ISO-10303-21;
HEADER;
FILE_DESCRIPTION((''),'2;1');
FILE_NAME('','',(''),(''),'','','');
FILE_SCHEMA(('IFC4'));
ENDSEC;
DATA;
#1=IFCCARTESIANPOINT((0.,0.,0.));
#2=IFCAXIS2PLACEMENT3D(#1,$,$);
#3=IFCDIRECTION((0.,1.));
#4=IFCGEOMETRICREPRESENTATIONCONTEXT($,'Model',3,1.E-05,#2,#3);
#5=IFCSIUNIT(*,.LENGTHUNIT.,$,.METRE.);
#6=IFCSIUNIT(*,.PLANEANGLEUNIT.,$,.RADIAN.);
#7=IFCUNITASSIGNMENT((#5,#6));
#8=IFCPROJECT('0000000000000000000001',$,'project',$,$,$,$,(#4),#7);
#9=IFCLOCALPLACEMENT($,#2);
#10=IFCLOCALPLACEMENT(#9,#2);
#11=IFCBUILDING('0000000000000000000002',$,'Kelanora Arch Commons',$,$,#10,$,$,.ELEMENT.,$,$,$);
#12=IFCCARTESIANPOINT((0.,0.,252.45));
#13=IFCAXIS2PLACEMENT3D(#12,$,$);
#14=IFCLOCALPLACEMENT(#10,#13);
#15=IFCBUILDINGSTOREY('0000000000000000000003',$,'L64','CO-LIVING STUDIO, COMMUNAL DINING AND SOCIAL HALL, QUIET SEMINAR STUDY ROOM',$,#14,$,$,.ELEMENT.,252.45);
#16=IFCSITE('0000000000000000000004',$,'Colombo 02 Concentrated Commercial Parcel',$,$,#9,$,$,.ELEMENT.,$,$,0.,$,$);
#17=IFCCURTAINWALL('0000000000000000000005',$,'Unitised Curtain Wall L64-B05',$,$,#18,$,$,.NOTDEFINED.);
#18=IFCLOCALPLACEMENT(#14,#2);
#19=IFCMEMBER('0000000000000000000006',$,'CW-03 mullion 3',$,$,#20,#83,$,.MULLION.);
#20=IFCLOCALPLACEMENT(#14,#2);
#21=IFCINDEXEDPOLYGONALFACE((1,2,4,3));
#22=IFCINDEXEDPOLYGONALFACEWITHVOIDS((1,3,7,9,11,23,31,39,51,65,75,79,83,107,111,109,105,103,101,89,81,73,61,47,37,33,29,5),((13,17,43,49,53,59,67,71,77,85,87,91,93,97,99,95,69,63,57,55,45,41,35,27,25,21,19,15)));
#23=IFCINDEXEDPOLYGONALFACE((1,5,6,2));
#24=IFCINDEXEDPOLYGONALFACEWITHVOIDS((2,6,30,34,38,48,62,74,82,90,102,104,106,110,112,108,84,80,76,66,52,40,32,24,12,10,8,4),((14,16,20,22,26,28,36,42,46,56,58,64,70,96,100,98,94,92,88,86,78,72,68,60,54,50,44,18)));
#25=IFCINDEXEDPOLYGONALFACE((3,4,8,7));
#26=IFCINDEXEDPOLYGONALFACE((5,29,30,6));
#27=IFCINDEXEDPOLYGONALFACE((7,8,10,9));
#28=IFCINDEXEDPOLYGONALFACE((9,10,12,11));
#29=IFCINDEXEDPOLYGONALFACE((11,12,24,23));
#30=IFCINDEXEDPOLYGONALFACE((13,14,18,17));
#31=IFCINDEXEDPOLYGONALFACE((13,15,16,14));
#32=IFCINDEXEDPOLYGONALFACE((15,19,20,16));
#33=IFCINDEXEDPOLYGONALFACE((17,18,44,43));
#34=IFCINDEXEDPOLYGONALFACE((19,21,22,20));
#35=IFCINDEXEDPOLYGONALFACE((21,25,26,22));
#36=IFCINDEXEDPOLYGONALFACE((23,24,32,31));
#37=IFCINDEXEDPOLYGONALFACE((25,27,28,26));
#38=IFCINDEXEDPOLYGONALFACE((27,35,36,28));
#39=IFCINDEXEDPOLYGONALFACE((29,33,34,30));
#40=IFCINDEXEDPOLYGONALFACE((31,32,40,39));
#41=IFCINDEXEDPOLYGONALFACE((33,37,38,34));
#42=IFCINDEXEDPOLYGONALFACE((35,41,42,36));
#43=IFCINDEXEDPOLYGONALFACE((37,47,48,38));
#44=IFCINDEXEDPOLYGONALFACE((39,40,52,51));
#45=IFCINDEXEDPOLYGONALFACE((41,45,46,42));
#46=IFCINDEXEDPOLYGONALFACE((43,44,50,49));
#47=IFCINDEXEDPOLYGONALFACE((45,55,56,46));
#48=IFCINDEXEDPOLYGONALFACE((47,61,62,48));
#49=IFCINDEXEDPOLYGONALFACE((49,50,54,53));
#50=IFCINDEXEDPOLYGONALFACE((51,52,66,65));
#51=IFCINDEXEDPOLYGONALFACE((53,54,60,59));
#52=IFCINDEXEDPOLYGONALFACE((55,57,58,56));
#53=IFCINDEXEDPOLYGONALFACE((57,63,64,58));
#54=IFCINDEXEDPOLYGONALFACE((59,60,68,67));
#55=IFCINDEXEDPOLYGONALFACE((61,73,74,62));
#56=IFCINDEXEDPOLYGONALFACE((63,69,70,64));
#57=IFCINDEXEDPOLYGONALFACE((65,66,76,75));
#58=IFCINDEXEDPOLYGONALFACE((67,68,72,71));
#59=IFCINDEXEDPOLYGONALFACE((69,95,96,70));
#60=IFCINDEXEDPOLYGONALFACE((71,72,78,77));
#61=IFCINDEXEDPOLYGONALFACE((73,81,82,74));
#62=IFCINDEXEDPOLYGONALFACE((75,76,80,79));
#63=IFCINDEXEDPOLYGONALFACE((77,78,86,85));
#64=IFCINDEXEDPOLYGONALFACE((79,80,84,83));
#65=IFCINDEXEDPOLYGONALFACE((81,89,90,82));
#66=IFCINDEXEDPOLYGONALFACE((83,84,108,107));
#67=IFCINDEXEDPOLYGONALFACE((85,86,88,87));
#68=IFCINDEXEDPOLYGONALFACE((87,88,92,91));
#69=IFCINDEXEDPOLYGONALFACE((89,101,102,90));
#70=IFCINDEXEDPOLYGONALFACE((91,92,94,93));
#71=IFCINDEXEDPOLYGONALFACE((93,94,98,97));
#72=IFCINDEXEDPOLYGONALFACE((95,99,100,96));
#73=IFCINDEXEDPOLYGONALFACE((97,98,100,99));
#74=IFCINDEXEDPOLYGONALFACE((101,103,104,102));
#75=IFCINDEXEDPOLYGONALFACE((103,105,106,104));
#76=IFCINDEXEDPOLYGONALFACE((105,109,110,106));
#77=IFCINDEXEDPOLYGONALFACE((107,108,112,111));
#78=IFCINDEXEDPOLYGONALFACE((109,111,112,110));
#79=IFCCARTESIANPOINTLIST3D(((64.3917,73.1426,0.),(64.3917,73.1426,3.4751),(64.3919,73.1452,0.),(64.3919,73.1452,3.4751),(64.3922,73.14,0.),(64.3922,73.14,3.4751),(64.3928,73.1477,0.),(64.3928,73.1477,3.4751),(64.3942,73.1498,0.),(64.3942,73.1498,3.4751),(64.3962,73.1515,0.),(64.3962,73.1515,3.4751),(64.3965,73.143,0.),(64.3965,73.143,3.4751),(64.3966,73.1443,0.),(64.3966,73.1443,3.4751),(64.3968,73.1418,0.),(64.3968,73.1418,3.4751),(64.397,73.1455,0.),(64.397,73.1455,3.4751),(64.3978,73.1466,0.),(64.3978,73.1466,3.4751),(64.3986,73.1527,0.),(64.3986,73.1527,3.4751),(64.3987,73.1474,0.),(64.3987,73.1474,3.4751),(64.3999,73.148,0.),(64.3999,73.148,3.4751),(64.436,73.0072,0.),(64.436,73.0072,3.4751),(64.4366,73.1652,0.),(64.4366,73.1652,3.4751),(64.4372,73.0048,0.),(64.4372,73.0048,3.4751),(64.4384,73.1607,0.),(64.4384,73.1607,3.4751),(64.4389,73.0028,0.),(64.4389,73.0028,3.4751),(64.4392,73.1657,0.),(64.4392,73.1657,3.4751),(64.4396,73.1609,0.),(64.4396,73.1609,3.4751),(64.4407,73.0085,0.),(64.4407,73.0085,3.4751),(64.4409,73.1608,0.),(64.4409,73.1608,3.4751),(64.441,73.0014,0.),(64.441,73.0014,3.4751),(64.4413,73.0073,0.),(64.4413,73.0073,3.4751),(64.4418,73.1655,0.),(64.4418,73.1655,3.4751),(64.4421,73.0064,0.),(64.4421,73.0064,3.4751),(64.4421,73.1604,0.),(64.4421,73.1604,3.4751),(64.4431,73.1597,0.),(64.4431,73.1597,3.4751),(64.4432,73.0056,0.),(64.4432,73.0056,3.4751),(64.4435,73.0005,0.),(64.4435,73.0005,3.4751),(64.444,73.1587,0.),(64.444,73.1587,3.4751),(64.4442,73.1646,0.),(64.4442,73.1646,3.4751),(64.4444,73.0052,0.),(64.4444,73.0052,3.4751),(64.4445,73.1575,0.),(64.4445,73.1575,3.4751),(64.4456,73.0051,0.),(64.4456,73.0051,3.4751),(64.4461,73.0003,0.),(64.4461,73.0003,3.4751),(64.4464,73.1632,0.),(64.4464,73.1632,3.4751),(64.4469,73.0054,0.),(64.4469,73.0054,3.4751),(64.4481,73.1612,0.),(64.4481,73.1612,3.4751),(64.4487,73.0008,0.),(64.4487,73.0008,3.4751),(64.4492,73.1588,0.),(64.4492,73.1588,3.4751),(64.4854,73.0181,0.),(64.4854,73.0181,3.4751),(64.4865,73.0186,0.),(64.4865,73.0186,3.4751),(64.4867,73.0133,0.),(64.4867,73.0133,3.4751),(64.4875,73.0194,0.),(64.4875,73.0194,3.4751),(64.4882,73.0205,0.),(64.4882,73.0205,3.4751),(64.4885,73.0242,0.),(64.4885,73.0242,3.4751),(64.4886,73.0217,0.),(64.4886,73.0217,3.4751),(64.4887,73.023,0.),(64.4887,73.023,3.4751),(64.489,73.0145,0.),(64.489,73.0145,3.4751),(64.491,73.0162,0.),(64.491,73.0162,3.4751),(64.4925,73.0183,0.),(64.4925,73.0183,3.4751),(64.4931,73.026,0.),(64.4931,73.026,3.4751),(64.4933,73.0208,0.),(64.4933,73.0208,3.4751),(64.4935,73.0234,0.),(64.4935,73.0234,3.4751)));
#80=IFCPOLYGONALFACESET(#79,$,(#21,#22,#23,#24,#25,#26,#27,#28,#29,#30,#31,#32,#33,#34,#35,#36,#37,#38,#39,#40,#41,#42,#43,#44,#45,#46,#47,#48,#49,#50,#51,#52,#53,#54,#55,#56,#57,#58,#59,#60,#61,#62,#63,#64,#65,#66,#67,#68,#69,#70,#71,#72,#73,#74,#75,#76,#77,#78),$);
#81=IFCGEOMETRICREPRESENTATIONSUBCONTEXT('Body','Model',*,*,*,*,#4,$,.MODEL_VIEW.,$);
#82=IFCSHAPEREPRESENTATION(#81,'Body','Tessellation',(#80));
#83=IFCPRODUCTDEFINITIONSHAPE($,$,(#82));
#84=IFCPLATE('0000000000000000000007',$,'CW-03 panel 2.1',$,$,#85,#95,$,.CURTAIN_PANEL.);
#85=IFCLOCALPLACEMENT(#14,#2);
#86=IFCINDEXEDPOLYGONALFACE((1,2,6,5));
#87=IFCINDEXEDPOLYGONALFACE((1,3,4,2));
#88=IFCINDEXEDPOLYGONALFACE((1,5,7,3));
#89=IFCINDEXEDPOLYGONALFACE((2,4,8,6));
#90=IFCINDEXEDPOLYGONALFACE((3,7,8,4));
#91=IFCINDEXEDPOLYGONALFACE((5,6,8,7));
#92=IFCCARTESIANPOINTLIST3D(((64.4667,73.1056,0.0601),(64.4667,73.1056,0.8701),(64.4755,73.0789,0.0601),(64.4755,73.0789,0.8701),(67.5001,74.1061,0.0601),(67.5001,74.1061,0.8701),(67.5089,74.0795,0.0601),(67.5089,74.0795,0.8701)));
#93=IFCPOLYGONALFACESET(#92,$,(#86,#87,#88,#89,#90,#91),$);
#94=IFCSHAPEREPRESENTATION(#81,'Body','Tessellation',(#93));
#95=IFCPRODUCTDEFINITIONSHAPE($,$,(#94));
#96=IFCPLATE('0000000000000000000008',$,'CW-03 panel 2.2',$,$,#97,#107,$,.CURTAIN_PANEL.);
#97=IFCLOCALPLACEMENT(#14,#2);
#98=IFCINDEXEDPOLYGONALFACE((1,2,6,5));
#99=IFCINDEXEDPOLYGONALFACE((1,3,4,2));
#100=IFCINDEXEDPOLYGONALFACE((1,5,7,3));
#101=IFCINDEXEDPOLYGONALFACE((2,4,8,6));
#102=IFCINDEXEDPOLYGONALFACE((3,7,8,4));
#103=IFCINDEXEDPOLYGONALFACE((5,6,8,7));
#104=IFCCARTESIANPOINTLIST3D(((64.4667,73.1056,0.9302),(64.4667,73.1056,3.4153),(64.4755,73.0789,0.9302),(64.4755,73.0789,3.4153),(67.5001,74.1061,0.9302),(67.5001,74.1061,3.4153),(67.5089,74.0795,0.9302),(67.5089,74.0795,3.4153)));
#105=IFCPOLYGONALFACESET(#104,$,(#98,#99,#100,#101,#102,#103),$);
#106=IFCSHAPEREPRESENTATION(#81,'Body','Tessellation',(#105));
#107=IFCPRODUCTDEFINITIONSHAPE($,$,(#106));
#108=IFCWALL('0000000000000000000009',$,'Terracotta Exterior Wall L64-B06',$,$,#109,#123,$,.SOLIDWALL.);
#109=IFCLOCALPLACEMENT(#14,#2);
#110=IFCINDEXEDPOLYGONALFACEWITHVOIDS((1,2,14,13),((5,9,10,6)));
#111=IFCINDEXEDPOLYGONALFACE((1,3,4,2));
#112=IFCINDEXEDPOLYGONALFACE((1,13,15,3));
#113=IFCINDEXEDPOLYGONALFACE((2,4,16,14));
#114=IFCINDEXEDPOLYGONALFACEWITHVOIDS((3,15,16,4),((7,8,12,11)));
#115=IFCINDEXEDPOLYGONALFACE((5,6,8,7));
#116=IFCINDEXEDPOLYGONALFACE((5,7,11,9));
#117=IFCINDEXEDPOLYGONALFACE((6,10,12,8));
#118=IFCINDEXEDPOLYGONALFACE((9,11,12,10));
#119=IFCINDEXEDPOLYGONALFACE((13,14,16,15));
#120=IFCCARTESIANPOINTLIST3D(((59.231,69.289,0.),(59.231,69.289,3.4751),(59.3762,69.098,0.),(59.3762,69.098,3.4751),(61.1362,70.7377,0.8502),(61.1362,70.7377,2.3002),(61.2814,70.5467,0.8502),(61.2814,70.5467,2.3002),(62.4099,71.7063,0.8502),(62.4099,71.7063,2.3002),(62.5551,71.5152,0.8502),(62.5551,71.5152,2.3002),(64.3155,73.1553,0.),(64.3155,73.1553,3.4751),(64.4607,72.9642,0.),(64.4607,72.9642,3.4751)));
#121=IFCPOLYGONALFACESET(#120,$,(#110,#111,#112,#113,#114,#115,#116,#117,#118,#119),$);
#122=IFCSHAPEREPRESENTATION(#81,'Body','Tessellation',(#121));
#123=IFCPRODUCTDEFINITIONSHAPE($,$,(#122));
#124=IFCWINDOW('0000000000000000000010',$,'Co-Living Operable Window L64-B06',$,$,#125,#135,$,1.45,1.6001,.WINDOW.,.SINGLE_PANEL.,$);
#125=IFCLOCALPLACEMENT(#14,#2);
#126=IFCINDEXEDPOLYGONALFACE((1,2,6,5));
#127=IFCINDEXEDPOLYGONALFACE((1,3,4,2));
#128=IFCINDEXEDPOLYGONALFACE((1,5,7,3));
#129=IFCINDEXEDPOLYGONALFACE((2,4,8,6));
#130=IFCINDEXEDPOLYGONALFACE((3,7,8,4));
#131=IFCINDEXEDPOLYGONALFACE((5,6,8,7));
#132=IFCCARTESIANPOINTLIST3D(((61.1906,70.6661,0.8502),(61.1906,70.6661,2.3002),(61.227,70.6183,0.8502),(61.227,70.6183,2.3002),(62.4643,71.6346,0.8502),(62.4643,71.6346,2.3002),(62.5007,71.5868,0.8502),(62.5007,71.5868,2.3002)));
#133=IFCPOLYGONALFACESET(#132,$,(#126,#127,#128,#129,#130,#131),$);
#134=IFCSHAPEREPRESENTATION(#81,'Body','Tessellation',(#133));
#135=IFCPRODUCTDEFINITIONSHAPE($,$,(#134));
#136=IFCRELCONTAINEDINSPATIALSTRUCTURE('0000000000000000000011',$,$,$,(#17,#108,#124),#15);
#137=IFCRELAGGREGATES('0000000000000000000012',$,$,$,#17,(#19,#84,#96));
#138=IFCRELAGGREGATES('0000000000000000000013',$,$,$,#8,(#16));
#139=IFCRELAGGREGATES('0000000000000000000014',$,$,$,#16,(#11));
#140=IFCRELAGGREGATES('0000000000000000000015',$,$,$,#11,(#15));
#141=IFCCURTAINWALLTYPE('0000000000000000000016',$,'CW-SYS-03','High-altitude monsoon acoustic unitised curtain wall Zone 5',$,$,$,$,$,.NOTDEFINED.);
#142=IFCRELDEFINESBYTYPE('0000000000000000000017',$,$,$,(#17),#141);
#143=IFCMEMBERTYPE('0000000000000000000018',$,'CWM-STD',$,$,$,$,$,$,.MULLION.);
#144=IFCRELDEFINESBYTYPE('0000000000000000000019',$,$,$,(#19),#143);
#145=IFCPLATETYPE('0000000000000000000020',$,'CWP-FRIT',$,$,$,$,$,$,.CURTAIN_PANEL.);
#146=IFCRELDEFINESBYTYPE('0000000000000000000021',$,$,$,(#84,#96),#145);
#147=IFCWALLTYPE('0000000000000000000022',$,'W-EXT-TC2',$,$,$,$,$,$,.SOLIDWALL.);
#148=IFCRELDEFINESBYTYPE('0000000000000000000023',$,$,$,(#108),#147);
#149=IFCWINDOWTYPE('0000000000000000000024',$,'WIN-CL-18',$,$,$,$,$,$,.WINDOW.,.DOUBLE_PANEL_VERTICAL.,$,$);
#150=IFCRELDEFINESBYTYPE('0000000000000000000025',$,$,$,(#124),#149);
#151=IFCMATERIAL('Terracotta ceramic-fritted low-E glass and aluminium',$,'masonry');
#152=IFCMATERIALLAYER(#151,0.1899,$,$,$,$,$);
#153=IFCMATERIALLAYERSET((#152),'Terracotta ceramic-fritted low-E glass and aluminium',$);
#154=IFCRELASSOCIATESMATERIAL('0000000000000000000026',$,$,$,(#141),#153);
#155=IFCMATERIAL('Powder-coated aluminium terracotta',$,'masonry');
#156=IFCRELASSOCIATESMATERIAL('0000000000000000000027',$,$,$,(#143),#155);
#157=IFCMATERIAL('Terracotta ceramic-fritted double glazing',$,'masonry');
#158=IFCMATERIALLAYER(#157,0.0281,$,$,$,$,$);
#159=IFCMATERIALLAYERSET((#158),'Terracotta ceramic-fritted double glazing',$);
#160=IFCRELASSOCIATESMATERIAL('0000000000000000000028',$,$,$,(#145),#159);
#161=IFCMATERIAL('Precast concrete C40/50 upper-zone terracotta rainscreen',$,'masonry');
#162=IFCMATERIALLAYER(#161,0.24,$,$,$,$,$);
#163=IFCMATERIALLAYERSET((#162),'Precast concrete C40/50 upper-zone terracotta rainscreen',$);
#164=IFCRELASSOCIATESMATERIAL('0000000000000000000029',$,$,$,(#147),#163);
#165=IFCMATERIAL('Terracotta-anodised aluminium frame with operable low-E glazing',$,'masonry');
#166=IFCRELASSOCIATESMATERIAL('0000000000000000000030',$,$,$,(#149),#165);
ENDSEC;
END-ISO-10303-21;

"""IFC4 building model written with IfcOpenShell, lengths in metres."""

from ifc_helpers import new_model, si_unit, direction, frame, frame_2d, origin, origin_2d, place, context, subcontext, project, spatial, rectangle, hollow_rectangle, extrude, source, transform, mapped, material, layer, layer_set, material_profile, profile_set, type_object, element, fill, aggregate, save


model = new_model("IFC4")

# Units and contexts
model_context = context("Model", 3, precision=1e-05, world=origin(), true_north=direction((0.0, 1.0)))
body_context = subcontext(model_context, "Body", "Model", "MODEL_VIEW")
ifc_project = project(units=[si_unit("LENGTHUNIT", "METRE"), si_unit("PLANEANGLEUNIT", "RADIAN")], contexts=[model_context])

# Site, building, storey
site_placement = place(None, origin())
site = spatial("IfcSite", under=ifc_project, at=site_placement, Name="Colombo 02 Concentrated Commercial Parcel", CompositionType="ELEMENT", RefElevation=0.0)
building_placement = place(site_placement, origin())
building = spatial("IfcBuilding", under=site, at=building_placement, Name="Kelanora Arch Commons", CompositionType="ELEMENT")
storey_placement = place(building_placement, frame((0.0, 0.0, 252.45)))
storey = spatial("IfcBuildingStorey", under=building, at=storey_placement, Name="L64", Description="CO-LIVING STUDIO, COMMUNAL DINING AND SOCIAL HALL, QUIET SEMINAR STUDY ROOM", CompositionType="ELEMENT", Elevation=252.45)

# Curtain wall, member, plates
ifc_material_1 = material(Name="Terracotta ceramic-fritted low-E glass and aluminium", Category="masonry")
ifc_layer_1 = layer(ifc_material_1, 0.1899)
ifc_layer_set_1 = layer_set([ifc_layer_1], Name="Terracotta ceramic-fritted low-E glass and aluminium")
curtain_wall_type = type_object("IfcCurtainWallType", Name="CW-SYS-03", Description="High-altitude monsoon acoustic unitised curtain wall Zone 5", PredefinedType="NOTDEFINED", material=ifc_layer_set_1)
curtain_wall_placement = place(storey_placement, origin())
curtain_wall = element("IfcCurtainWall", 1, at=curtain_wall_placement, inside=storey, type_object=curtain_wall_type, Name="Unitised Curtain Wall L64-B05", PredefinedType="NOTDEFINED")
ifc_material_2 = material(Name="Powder-coated aluminium terracotta", Category="masonry")
ifc_material_profile_1 = material_profile(ifc_material_2, hollow_rectangle(XDim=0.1599, YDim=0.0601, WallThickness=0.0049, InnerFilletRadius=0.0049, OuterFilletRadius=0.01, at=origin_2d()), Name="CWM160x60")
ifc_profile_set_1 = profile_set([ifc_material_profile_1], Name="Powder-coated aluminium terracotta")
member_type = type_object("IfcMemberType", Name="CWM-STD", PredefinedType="MULLION", material=ifc_profile_set_1)
member_placement = place(storey_placement, frame((64.4426, 73.083, 0.0), z_axis=(0.0, 0.0, 1.0), x_axis=(0.313253, -0.94967, 0.0)))
member = element("IfcMember", 2, at=member_placement, type_object=member_type, Name="CW-03 mullion 3", PredefinedType="MULLION", context=body_context, shape_type="SweptSolid", body=[
    extrude(hollow_rectangle(XDim=0.1599, YDim=0.0601, WallThickness=0.0049, InnerFilletRadius=0.0049, OuterFilletRadius=0.01, at=origin_2d()), origin(), (0.0, 0.0, 1.0), 3.4751),
])
ifc_material_3 = material(Name="Terracotta ceramic-fritted double glazing", Category="masonry")
ifc_layer_2 = layer(ifc_material_3, 0.0281)
ifc_layer_set_2 = layer_set([ifc_layer_2], Name="Terracotta ceramic-fritted double glazing")
plate_type = type_object("IfcPlateType", Name="CWP-FRIT", PredefinedType="CURTAIN_PANEL", material=ifc_layer_set_2)
shared_shape_1 = source(origin(), body_context, "Body", "SweptSolid", [
    extrude(rectangle(XDim=3.1941, YDim=0.0281, at=origin_2d()), origin(), (0.0, 0.0, 1.0), 0.8101),
])
plate_1_placement = place(storey_placement, frame((65.9878, 73.5925, 0.0601), z_axis=(0.0, 0.0, 1.0), x_axis=(-0.94967, -0.313253, 0.0)))
plate_1 = element("IfcPlate", 3, at=plate_1_placement, type_object=plate_type, Name="CW-03 panel 2.1", PredefinedType="CURTAIN_PANEL", context=body_context, shape_type="MappedRepresentation", body=[
    mapped(shared_shape_1, transform((0.0, 0.0, 0.0), scale=1.0)),
])
shared_shape_2 = source(origin(), body_context, "Body", "SweptSolid", [
    extrude(rectangle(XDim=3.1941, YDim=0.0281, at=origin_2d()), origin(), (0.0, 0.0, 1.0), 2.4851),
])
plate_2_placement = place(storey_placement, frame((65.9878, 73.5925, 0.9302), z_axis=(0.0, 0.0, 1.0), x_axis=(-0.94967, -0.313253, 0.0)))
plate_2 = element("IfcPlate", 4, at=plate_2_placement, type_object=plate_type, Name="CW-03 panel 2.2", PredefinedType="CURTAIN_PANEL", context=body_context, shape_type="MappedRepresentation", body=[
    mapped(shared_shape_2, transform((0.0, 0.0, 0.0), scale=1.0)),
])
aggregate(curtain_wall, [member, plate_1, plate_2])

# Wall, opening, window
ifc_material_4 = material(Name="Precast concrete C40/50 upper-zone terracotta rainscreen", Category="masonry")
ifc_layer_3 = layer(ifc_material_4, 0.24)
ifc_layer_set_3 = layer_set([ifc_layer_3], Name="Precast concrete C40/50 upper-zone terracotta rainscreen")
wall_type_1 = type_object("IfcWallType", Name="W-EXT-TC2", PredefinedType="SOLIDWALL", material=ifc_layer_set_3)
wall_1_placement = place(storey_placement, frame((64.3882, 73.0598, 0.0), z_axis=(0.0, 0.0, 1.0), x_axis=(-0.79601, -0.605283, 0.0)))
wall_1 = element("IfcWall", 5, at=wall_1_placement, inside=storey, type_object=wall_type_1, Name="Terracotta Exterior Wall L64-B06", PredefinedType="SOLIDWALL", context=body_context, shape_type="SweptSolid", body=[
    extrude(rectangle(XDim=6.3875, YDim=0.24, at=frame_2d((3.1938, 0.0))), origin(), (0.0, 0.0, 1.0), 3.4751),
])
opening_1_placement = place(wall_1_placement, frame((2.394, 0.0, 0.8501)))
opening_1 = element("IfcOpeningElement", 6, at=opening_1_placement, cuts=wall_1, PredefinedType="OPENING", context=body_context, shape_type="SweptSolid", body=[
    extrude(rectangle(XDim=1.6001, YDim=1.45, at=frame_2d((0.8, 0.7251))), frame((0.0, 0.1299, 0.0), z_axis=(0.0, -1.0, 0.0), x_axis=(1.0, 0.0, 0.0)), (0.0, 0.0, 1.0), 0.26),
])
ifc_material_5 = material(Name="Terracotta-anodised aluminium frame with operable low-E glazing", Category="masonry")
window_type_1 = type_object("IfcWindowType", Name="WIN-CL-18", PartitioningType="DOUBLE_PANEL_VERTICAL", PredefinedType="WINDOW", material=ifc_material_5)
window_1_placement = place(opening_1_placement, origin())
window_1 = element("IfcWindow", 7, at=window_1_placement, inside=storey, type_object=window_type_1, Name="Co-Living Operable Window L64-B06", OverallHeight=1.45, OverallWidth=1.6001, PartitioningType="SINGLE_PANEL", PredefinedType="WINDOW", context=body_context, shape_type="SweptSolid", body=[
    extrude(rectangle(XDim=1.6001, YDim=1.45, at=frame_2d((0.8, 0.7251))), frame((0.0, 0.03, 0.0), z_axis=(0.0, -1.0, 0.0), x_axis=(1.0, 0.0, 0.0)), (0.0, 0.0, 1.0), 0.0601),
])
fill(opening_1, window_1)

save(model, "model.ifc")
